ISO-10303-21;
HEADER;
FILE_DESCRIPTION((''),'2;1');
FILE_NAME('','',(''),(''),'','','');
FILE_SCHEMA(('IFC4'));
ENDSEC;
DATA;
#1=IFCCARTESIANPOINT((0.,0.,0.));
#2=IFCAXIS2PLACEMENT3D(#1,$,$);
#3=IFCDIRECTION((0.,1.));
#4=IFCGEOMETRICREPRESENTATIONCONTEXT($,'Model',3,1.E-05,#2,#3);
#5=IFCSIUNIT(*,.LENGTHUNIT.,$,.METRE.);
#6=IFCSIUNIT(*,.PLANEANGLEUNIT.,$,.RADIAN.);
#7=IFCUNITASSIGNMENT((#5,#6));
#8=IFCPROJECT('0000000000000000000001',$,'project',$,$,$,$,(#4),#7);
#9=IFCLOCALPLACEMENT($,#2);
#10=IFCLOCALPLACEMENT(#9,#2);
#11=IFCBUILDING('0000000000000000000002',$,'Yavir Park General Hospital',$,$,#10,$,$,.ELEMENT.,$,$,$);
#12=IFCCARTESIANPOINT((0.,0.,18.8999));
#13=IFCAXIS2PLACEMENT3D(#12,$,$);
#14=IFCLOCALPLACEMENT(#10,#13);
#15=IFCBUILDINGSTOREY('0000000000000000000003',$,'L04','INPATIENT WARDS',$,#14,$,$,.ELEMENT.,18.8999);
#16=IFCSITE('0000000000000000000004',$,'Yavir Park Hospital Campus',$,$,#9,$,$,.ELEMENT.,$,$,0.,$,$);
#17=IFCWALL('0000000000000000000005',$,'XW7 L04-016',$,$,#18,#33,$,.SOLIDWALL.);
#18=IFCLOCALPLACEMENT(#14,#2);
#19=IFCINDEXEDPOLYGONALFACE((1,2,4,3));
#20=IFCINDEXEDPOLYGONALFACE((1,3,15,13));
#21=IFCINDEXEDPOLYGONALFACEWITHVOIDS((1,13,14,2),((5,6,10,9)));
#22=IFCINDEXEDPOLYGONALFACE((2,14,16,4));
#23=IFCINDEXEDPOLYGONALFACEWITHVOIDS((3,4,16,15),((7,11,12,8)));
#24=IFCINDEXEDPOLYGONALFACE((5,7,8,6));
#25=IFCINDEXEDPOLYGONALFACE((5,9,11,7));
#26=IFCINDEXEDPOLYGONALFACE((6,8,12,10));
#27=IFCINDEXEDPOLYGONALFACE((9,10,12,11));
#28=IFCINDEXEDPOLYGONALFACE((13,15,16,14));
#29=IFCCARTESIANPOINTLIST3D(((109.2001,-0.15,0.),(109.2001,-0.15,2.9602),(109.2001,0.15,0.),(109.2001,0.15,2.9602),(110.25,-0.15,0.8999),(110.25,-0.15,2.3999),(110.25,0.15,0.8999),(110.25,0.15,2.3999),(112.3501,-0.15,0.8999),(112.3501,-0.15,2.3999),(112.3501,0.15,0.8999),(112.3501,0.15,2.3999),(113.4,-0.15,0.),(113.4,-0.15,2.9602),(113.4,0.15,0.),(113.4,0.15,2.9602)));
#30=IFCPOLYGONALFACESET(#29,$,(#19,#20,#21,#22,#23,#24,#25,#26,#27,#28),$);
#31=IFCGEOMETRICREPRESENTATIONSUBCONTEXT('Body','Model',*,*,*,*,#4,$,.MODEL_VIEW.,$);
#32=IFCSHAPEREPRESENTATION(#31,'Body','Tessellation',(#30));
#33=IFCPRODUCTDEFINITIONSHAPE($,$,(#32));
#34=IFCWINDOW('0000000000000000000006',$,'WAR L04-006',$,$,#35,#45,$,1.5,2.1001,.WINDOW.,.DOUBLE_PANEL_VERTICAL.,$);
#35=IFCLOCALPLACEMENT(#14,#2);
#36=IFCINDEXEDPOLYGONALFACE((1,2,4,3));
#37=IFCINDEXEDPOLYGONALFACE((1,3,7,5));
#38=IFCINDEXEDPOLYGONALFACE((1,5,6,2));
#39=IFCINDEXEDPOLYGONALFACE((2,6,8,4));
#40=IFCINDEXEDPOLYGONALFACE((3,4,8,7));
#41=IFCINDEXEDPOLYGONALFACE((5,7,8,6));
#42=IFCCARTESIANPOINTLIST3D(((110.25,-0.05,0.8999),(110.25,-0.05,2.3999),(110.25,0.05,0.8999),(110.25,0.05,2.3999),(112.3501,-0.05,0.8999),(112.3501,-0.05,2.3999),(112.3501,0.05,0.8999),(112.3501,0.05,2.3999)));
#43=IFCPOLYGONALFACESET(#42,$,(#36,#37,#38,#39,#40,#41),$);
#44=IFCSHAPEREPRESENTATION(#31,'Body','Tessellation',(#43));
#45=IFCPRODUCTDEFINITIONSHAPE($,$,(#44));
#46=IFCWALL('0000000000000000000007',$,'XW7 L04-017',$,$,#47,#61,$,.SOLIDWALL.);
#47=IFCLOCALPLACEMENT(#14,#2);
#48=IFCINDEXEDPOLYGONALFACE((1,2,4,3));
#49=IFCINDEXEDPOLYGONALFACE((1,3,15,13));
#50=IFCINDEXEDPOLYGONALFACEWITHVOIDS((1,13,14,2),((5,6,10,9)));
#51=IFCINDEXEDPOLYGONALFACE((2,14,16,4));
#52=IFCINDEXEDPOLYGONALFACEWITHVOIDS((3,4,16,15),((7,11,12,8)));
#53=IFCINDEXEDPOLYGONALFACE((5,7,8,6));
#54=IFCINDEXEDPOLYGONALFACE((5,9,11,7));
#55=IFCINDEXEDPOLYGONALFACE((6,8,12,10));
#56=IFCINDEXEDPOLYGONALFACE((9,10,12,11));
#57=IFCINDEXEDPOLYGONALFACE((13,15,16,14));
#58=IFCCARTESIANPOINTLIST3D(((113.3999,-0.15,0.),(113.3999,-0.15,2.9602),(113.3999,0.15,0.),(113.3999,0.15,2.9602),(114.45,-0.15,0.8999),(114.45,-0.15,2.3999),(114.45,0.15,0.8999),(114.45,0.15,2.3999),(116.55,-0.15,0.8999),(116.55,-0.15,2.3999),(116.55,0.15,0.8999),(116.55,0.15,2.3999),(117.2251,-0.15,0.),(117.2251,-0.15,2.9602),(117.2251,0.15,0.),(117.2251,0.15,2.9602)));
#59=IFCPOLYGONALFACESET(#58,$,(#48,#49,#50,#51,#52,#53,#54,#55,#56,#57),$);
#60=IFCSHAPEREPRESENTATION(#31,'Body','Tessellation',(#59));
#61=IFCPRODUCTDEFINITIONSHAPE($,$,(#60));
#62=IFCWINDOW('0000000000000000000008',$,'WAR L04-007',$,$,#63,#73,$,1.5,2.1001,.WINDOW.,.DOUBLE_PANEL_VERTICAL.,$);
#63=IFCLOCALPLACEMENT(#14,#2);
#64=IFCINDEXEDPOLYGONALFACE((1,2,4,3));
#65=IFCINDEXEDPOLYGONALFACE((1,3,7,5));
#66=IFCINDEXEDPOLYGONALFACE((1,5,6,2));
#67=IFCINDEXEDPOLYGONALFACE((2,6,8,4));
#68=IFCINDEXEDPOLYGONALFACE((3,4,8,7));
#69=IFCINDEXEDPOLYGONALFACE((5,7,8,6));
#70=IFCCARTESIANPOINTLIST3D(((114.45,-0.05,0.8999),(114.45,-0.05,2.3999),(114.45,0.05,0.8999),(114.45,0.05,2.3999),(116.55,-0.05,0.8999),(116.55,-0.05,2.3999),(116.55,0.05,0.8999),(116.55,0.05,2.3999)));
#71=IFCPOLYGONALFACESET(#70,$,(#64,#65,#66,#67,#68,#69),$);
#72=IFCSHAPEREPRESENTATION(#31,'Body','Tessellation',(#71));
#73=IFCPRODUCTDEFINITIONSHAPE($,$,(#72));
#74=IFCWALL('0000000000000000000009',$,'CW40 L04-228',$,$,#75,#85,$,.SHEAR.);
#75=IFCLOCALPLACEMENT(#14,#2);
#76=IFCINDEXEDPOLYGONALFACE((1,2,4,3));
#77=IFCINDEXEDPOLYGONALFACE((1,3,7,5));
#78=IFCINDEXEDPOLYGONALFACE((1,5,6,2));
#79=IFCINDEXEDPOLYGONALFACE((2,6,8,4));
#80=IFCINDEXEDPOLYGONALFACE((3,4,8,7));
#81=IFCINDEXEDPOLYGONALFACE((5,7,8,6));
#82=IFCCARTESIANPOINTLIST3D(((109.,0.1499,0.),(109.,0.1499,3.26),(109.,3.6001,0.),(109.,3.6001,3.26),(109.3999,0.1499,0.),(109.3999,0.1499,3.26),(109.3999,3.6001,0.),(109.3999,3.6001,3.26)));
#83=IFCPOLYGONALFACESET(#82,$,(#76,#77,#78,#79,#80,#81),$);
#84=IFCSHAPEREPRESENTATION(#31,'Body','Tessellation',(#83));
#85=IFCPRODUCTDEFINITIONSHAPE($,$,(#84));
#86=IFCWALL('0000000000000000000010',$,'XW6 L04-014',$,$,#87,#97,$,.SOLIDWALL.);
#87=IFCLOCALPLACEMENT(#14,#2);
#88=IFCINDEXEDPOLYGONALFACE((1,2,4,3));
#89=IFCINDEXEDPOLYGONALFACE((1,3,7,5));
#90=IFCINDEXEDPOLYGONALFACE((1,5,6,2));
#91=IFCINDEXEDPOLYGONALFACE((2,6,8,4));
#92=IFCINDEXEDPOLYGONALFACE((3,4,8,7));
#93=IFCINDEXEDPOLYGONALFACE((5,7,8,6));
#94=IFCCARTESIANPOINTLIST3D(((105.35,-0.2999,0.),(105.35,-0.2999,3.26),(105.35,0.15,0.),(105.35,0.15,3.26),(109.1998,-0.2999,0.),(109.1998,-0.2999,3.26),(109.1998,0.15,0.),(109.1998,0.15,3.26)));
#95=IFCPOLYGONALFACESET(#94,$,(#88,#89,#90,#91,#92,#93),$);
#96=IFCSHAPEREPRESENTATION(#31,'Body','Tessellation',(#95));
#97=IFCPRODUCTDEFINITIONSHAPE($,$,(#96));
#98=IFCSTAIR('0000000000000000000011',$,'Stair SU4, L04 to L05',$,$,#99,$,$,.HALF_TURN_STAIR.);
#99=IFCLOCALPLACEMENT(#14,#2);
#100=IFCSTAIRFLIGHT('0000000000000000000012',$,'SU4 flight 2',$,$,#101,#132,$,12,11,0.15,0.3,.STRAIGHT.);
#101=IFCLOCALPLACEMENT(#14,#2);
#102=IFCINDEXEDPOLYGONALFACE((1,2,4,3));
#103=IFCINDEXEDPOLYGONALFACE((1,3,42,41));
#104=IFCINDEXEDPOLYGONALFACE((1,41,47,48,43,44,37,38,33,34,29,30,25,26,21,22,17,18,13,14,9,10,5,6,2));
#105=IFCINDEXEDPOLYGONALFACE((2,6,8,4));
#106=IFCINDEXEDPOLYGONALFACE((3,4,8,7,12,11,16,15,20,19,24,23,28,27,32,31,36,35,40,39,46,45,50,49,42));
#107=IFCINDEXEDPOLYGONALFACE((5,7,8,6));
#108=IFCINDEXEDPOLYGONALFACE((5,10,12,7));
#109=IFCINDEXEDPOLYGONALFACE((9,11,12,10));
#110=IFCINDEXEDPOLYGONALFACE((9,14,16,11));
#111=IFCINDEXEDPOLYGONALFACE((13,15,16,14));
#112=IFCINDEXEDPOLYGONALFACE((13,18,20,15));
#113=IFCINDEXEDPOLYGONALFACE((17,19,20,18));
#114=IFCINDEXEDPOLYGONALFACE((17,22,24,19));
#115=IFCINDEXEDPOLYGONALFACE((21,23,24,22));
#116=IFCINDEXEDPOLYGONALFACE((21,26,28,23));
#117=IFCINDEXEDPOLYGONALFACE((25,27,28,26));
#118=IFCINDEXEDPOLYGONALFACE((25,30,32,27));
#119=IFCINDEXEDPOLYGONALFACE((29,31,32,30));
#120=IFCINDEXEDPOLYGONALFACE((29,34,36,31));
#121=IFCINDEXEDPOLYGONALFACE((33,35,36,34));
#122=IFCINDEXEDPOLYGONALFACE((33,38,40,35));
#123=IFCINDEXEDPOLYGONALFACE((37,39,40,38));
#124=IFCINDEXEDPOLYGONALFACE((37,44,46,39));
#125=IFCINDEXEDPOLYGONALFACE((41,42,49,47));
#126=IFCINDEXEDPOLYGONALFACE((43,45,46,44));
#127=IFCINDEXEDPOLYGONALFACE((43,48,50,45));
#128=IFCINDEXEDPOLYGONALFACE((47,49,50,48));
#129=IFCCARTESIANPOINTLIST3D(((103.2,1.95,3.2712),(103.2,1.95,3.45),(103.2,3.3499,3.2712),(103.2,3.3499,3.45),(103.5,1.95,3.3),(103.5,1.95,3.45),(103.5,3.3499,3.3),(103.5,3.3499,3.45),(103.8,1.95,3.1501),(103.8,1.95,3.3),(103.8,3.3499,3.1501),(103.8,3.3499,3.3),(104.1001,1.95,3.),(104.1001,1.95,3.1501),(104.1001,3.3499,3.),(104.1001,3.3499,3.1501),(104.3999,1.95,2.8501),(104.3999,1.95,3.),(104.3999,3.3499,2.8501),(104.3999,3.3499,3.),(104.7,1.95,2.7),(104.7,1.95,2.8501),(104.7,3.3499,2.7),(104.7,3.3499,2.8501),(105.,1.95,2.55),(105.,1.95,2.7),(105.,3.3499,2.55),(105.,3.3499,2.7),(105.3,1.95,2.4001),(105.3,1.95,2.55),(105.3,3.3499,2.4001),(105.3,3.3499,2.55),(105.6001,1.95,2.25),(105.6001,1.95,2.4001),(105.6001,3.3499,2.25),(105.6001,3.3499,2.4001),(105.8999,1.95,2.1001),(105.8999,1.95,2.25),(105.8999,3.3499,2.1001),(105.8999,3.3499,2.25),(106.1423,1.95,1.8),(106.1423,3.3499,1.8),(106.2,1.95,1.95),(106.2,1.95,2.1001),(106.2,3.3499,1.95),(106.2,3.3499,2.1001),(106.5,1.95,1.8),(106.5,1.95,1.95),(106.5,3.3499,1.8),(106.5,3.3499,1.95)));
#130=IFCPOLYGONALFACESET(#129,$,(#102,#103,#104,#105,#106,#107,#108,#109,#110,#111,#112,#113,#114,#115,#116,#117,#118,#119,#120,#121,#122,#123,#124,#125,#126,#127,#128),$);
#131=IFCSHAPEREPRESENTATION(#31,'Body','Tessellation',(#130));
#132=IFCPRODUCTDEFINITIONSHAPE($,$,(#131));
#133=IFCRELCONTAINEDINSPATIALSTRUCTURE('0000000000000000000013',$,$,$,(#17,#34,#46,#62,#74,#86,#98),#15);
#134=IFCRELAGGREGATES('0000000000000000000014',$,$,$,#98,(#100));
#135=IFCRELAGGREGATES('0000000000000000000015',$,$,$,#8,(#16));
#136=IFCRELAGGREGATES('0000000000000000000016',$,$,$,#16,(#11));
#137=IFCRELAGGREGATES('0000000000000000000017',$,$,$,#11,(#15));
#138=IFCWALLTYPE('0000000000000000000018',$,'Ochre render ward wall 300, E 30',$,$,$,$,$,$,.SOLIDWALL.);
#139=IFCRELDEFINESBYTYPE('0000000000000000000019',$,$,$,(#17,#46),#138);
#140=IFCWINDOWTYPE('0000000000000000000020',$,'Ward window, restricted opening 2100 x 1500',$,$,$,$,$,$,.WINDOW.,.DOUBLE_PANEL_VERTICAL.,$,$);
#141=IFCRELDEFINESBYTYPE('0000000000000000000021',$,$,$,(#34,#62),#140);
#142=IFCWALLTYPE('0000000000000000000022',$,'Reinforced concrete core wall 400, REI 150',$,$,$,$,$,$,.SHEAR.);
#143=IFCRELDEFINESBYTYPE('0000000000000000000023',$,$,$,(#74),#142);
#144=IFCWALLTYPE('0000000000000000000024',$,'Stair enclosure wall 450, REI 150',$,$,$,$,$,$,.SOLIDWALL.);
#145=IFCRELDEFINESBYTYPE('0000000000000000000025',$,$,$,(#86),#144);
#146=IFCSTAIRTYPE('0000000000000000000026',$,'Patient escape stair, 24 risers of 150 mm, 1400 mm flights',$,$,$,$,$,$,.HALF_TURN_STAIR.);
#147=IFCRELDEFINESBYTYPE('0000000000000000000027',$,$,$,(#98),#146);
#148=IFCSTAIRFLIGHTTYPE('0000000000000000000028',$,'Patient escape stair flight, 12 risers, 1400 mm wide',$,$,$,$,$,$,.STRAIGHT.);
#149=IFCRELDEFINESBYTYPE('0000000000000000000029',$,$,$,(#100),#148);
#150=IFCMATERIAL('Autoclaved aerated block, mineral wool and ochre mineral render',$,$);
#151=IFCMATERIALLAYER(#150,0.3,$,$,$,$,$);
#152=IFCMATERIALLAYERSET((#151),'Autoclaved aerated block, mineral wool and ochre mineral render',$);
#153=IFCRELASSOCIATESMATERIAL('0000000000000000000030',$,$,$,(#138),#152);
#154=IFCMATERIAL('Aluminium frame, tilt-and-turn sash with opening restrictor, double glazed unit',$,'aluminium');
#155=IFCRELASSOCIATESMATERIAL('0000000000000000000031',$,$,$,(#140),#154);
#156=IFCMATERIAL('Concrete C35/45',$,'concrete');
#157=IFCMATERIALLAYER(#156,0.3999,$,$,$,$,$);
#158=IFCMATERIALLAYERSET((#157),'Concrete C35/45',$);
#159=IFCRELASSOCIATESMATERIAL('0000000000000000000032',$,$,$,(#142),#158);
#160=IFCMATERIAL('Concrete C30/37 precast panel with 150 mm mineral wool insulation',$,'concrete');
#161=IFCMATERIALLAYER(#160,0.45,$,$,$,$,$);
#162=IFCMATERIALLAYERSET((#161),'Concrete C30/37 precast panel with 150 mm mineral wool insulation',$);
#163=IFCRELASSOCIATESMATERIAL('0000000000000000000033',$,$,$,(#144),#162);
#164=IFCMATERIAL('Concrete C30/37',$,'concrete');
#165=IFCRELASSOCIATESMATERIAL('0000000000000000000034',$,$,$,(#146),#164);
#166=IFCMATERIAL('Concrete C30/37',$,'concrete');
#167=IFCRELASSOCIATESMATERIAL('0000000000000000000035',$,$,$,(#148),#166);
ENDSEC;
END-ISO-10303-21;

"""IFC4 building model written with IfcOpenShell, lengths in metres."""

from ifc_helpers import new_model, si_unit, direction, frame, frame_2d, origin, place, context, subcontext, project, spatial, polyline, rectangle, outline, extrude, material, layer, layer_set, type_object, element, fill, aggregate, save


model = new_model("IFC4")

# Units and contexts
model_context = context("Model", 3, precision=1e-05, world=origin(), true_north=direction((0.0, 1.0)))
body_context = subcontext(model_context, "Body", "Model", "MODEL_VIEW")
ifc_project = project(units=[si_unit("LENGTHUNIT", "METRE"), si_unit("PLANEANGLEUNIT", "RADIAN")], contexts=[model_context])

# Site, building, storey
site_placement = place(None, origin())
site = spatial("IfcSite", under=ifc_project, at=site_placement, Name="Yavir Park Hospital Campus", CompositionType="ELEMENT", RefElevation=0.0)
building_placement = place(site_placement, origin())
building = spatial("IfcBuilding", under=site, at=building_placement, Name="Yavir Park General Hospital", CompositionType="ELEMENT")
storey_placement = place(building_placement, frame((0.0, 0.0, 18.8999)))
storey = spatial("IfcBuildingStorey", under=building, at=storey_placement, Name="L04", Description="INPATIENT WARDS", CompositionType="ELEMENT", Elevation=18.8999)

# Walls, openings, windows
ifc_material_1 = material(Name="Autoclaved aerated block, mineral wool and ochre mineral render")
ifc_layer_1 = layer(ifc_material_1, 0.3)
ifc_layer_set_1 = layer_set([ifc_layer_1], Name="Autoclaved aerated block, mineral wool and ochre mineral render")
wall_type_1 = type_object("IfcWallType", Name="Ochre render ward wall 300, E 30", PredefinedType="SOLIDWALL", material=ifc_layer_set_1)
wall_1_placement = place(storey_placement, frame((109.2, 0.0, 0.0), z_axis=(0.0, 0.0, 1.0), x_axis=(1.0, 0.0, 0.0)))
wall_1 = element("IfcWall", 1, at=wall_1_placement, inside=storey, type_object=wall_type_1, Name="XW7 L04-016", PredefinedType="SOLIDWALL", context=body_context, shape_type="SweptSolid", body=[
    extrude(rectangle(XDim=4.2, YDim=0.3, at=frame_2d((2.1001, 0.0))), origin(), (0.0, 0.0, 1.0), 2.9602),
])
opening_1_placement = place(wall_1_placement, frame((1.05, 0.0, 0.8999)))
opening_1 = element("IfcOpeningElement", 2, at=opening_1_placement, cuts=wall_1, PredefinedType="OPENING", context=body_context, shape_type="SweptSolid", body=[
    extrude(rectangle(XDim=2.1001, YDim=1.5, at=frame_2d((1.05, 0.75))), frame((0.0, 0.1599, 0.0), z_axis=(0.0, -1.0, 0.0), x_axis=(1.0, 0.0, 0.0)), (0.0, 0.0, 1.0), 0.3201),
])
ifc_material_2 = material(Name="Aluminium frame, tilt-and-turn sash with opening restrictor, double glazed unit", Category="aluminium")
window_type = type_object("IfcWindowType", Name="Ward window, restricted opening 2100 x 1500", PartitioningType="DOUBLE_PANEL_VERTICAL", PredefinedType="WINDOW", material=ifc_material_2)
window_1_placement = place(opening_1_placement, origin())
window_1 = element("IfcWindow", 3, at=window_1_placement, inside=storey, type_object=window_type, Name="WAR L04-006", OverallHeight=1.5, OverallWidth=2.1001, PartitioningType="DOUBLE_PANEL_VERTICAL", PredefinedType="WINDOW", context=body_context, shape_type="SweptSolid", body=[
    extrude(rectangle(XDim=2.1001, YDim=1.5, at=frame_2d((1.05, 0.75))), frame((0.0, 0.05, 0.0), z_axis=(0.0, -1.0, 0.0), x_axis=(1.0, 0.0, 0.0)), (0.0, 0.0, 1.0), 0.1001),
])
fill(opening_1, window_1)
wall_2_placement = place(storey_placement, frame((113.3999, 0.0, 0.0), z_axis=(0.0, 0.0, 1.0), x_axis=(1.0, 0.0, 0.0)))
wall_2 = element("IfcWall", 4, at=wall_2_placement, inside=storey, type_object=wall_type_1, Name="XW7 L04-017", PredefinedType="SOLIDWALL", context=body_context, shape_type="SweptSolid", body=[
    extrude(rectangle(XDim=3.8252, YDim=0.3, at=frame_2d((1.9126, 0.0))), origin(), (0.0, 0.0, 1.0), 2.9602),
])
opening_2_placement = place(wall_2_placement, frame((1.05, 0.0, 0.8999)))
opening_2 = element("IfcOpeningElement", 5, at=opening_2_placement, cuts=wall_2, PredefinedType="OPENING", context=body_context, shape_type="SweptSolid", body=[
    extrude(rectangle(XDim=2.1001, YDim=1.5, at=frame_2d((1.05, 0.75))), frame((0.0, 0.1599, 0.0), z_axis=(0.0, -1.0, 0.0), x_axis=(1.0, 0.0, 0.0)), (0.0, 0.0, 1.0), 0.3201),
])
window_2_placement = place(opening_2_placement, origin())
window_2 = element("IfcWindow", 6, at=window_2_placement, inside=storey, type_object=window_type, Name="WAR L04-007", OverallHeight=1.5, OverallWidth=2.1001, PartitioningType="DOUBLE_PANEL_VERTICAL", PredefinedType="WINDOW", context=body_context, shape_type="SweptSolid", body=[
    extrude(rectangle(XDim=2.1001, YDim=1.5, at=frame_2d((1.05, 0.75))), frame((0.0, 0.05, 0.0), z_axis=(0.0, -1.0, 0.0), x_axis=(1.0, 0.0, 0.0)), (0.0, 0.0, 1.0), 0.1001),
])
fill(opening_2, window_2)

# Walls
ifc_material_3 = material(Name="Concrete C35/45", Category="concrete")
ifc_layer_2 = layer(ifc_material_3, 0.3999)
ifc_layer_set_2 = layer_set([ifc_layer_2], Name="Concrete C35/45")
wall_type_2 = type_object("IfcWallType", Name="Reinforced concrete core wall 400, REI 150", PredefinedType="SHEAR", material=ifc_layer_set_2)
wall_3_placement = place(storey_placement, frame((109.2, 0.1499, 0.0), z_axis=(0.0, 0.0, 1.0), x_axis=(0.0, 1.0, 0.0)))
element("IfcWall", 7, at=wall_3_placement, inside=storey, type_object=wall_type_2, Name="CW40 L04-228", PredefinedType="SHEAR", context=body_context, shape_type="SweptSolid", body=[
    extrude(rectangle(XDim=3.4502, YDim=0.3999, at=frame_2d((1.7251, 0.0))), origin(), (0.0, 0.0, 1.0), 3.26),
])
ifc_material_4 = material(Name="Concrete C30/37 precast panel with 150 mm mineral wool insulation", Category="concrete")
ifc_layer_3 = layer(ifc_material_4, 0.45)
ifc_layer_set_3 = layer_set([ifc_layer_3], Name="Concrete C30/37 precast panel with 150 mm mineral wool insulation")
wall_type_3 = type_object("IfcWallType", Name="Stair enclosure wall 450, REI 150", PredefinedType="SOLIDWALL", material=ifc_layer_set_3)
wall_4_placement = place(storey_placement, frame((105.3501, -0.075, 0.0), z_axis=(0.0, 0.0, 1.0), x_axis=(1.0, 0.0, 0.0)))
element("IfcWall", 8, at=wall_4_placement, inside=storey, type_object=wall_type_3, Name="XW6 L04-014", PredefinedType="SOLIDWALL", context=body_context, shape_type="SweptSolid", body=[
    extrude(rectangle(XDim=3.8499, YDim=0.45, at=frame_2d((1.9248, 0.0))), origin(), (0.0, 0.0, 1.0), 3.26),
])

# Stair, stair flight
ifc_material_5 = material(Name="Concrete C30/37", Category="concrete")
stair_type = type_object("IfcStairType", Name="Patient escape stair, 24 risers of 150 mm, 1400 mm flights", PredefinedType="HALF_TURN_STAIR", material=ifc_material_5)
stair_placement = place(storey_placement, origin())
stair = element("IfcStair", 9, at=stair_placement, inside=storey, type_object=stair_type, Name="Stair SU4, L04 to L05", PredefinedType="HALF_TURN_STAIR")
ifc_material_6 = material(Name="Concrete C30/37", Category="concrete")
stair_flight_type = type_object("IfcStairFlightType", Name="Patient escape stair flight, 12 risers, 1400 mm wide", PredefinedType="STRAIGHT", material=ifc_material_6)
stair_flight_placement = place(storey_placement, frame((106.5, 2.6499, 1.8), z_axis=(0.0, 0.0, 1.0), x_axis=(-1.0, 0.0, 0.0)))
stair_flight = element("IfcStairFlight", 10, at=stair_flight_placement, type_object=stair_flight_type, Name="SU4 flight 2", NumberOfRisers=12, NumberOfTreads=11, PredefinedType="STRAIGHT", RiserHeight=0.15, TreadLength=0.3, context=body_context, shape_type="SweptSolid", body=[
    extrude(outline(polyline([(0.0, 0.0), (0.0, 0.1499), (0.3, 0.1499), (0.3, 0.3), (0.6001, 0.3), (0.6001, 0.45), (0.8999, 0.45), (0.8999, 0.6001), (1.2, 0.6001), (1.2, 0.75), (1.5, 0.75), (1.5, 0.8999), (1.8, 0.8999), (1.8, 1.05), (2.1001, 1.05), (2.1001, 1.2), (2.3999, 1.2), (2.3999, 1.3501), (2.7, 1.3501), (2.7, 1.5), (3.0, 1.5), (3.0, 1.6499), (3.3, 1.6499), (3.3, 1.8), (3.3, 1.4712), (0.3577, 0.0), (0.0, 0.0)])), frame((0.0, 0.7, 0.0), z_axis=(0.0, -1.0, 0.0), x_axis=(1.0, 0.0, 0.0)), (0.0, 0.0, 1.0), 1.3999),
])
aggregate(stair, [stair_flight])

save(model, "model.ifc")
